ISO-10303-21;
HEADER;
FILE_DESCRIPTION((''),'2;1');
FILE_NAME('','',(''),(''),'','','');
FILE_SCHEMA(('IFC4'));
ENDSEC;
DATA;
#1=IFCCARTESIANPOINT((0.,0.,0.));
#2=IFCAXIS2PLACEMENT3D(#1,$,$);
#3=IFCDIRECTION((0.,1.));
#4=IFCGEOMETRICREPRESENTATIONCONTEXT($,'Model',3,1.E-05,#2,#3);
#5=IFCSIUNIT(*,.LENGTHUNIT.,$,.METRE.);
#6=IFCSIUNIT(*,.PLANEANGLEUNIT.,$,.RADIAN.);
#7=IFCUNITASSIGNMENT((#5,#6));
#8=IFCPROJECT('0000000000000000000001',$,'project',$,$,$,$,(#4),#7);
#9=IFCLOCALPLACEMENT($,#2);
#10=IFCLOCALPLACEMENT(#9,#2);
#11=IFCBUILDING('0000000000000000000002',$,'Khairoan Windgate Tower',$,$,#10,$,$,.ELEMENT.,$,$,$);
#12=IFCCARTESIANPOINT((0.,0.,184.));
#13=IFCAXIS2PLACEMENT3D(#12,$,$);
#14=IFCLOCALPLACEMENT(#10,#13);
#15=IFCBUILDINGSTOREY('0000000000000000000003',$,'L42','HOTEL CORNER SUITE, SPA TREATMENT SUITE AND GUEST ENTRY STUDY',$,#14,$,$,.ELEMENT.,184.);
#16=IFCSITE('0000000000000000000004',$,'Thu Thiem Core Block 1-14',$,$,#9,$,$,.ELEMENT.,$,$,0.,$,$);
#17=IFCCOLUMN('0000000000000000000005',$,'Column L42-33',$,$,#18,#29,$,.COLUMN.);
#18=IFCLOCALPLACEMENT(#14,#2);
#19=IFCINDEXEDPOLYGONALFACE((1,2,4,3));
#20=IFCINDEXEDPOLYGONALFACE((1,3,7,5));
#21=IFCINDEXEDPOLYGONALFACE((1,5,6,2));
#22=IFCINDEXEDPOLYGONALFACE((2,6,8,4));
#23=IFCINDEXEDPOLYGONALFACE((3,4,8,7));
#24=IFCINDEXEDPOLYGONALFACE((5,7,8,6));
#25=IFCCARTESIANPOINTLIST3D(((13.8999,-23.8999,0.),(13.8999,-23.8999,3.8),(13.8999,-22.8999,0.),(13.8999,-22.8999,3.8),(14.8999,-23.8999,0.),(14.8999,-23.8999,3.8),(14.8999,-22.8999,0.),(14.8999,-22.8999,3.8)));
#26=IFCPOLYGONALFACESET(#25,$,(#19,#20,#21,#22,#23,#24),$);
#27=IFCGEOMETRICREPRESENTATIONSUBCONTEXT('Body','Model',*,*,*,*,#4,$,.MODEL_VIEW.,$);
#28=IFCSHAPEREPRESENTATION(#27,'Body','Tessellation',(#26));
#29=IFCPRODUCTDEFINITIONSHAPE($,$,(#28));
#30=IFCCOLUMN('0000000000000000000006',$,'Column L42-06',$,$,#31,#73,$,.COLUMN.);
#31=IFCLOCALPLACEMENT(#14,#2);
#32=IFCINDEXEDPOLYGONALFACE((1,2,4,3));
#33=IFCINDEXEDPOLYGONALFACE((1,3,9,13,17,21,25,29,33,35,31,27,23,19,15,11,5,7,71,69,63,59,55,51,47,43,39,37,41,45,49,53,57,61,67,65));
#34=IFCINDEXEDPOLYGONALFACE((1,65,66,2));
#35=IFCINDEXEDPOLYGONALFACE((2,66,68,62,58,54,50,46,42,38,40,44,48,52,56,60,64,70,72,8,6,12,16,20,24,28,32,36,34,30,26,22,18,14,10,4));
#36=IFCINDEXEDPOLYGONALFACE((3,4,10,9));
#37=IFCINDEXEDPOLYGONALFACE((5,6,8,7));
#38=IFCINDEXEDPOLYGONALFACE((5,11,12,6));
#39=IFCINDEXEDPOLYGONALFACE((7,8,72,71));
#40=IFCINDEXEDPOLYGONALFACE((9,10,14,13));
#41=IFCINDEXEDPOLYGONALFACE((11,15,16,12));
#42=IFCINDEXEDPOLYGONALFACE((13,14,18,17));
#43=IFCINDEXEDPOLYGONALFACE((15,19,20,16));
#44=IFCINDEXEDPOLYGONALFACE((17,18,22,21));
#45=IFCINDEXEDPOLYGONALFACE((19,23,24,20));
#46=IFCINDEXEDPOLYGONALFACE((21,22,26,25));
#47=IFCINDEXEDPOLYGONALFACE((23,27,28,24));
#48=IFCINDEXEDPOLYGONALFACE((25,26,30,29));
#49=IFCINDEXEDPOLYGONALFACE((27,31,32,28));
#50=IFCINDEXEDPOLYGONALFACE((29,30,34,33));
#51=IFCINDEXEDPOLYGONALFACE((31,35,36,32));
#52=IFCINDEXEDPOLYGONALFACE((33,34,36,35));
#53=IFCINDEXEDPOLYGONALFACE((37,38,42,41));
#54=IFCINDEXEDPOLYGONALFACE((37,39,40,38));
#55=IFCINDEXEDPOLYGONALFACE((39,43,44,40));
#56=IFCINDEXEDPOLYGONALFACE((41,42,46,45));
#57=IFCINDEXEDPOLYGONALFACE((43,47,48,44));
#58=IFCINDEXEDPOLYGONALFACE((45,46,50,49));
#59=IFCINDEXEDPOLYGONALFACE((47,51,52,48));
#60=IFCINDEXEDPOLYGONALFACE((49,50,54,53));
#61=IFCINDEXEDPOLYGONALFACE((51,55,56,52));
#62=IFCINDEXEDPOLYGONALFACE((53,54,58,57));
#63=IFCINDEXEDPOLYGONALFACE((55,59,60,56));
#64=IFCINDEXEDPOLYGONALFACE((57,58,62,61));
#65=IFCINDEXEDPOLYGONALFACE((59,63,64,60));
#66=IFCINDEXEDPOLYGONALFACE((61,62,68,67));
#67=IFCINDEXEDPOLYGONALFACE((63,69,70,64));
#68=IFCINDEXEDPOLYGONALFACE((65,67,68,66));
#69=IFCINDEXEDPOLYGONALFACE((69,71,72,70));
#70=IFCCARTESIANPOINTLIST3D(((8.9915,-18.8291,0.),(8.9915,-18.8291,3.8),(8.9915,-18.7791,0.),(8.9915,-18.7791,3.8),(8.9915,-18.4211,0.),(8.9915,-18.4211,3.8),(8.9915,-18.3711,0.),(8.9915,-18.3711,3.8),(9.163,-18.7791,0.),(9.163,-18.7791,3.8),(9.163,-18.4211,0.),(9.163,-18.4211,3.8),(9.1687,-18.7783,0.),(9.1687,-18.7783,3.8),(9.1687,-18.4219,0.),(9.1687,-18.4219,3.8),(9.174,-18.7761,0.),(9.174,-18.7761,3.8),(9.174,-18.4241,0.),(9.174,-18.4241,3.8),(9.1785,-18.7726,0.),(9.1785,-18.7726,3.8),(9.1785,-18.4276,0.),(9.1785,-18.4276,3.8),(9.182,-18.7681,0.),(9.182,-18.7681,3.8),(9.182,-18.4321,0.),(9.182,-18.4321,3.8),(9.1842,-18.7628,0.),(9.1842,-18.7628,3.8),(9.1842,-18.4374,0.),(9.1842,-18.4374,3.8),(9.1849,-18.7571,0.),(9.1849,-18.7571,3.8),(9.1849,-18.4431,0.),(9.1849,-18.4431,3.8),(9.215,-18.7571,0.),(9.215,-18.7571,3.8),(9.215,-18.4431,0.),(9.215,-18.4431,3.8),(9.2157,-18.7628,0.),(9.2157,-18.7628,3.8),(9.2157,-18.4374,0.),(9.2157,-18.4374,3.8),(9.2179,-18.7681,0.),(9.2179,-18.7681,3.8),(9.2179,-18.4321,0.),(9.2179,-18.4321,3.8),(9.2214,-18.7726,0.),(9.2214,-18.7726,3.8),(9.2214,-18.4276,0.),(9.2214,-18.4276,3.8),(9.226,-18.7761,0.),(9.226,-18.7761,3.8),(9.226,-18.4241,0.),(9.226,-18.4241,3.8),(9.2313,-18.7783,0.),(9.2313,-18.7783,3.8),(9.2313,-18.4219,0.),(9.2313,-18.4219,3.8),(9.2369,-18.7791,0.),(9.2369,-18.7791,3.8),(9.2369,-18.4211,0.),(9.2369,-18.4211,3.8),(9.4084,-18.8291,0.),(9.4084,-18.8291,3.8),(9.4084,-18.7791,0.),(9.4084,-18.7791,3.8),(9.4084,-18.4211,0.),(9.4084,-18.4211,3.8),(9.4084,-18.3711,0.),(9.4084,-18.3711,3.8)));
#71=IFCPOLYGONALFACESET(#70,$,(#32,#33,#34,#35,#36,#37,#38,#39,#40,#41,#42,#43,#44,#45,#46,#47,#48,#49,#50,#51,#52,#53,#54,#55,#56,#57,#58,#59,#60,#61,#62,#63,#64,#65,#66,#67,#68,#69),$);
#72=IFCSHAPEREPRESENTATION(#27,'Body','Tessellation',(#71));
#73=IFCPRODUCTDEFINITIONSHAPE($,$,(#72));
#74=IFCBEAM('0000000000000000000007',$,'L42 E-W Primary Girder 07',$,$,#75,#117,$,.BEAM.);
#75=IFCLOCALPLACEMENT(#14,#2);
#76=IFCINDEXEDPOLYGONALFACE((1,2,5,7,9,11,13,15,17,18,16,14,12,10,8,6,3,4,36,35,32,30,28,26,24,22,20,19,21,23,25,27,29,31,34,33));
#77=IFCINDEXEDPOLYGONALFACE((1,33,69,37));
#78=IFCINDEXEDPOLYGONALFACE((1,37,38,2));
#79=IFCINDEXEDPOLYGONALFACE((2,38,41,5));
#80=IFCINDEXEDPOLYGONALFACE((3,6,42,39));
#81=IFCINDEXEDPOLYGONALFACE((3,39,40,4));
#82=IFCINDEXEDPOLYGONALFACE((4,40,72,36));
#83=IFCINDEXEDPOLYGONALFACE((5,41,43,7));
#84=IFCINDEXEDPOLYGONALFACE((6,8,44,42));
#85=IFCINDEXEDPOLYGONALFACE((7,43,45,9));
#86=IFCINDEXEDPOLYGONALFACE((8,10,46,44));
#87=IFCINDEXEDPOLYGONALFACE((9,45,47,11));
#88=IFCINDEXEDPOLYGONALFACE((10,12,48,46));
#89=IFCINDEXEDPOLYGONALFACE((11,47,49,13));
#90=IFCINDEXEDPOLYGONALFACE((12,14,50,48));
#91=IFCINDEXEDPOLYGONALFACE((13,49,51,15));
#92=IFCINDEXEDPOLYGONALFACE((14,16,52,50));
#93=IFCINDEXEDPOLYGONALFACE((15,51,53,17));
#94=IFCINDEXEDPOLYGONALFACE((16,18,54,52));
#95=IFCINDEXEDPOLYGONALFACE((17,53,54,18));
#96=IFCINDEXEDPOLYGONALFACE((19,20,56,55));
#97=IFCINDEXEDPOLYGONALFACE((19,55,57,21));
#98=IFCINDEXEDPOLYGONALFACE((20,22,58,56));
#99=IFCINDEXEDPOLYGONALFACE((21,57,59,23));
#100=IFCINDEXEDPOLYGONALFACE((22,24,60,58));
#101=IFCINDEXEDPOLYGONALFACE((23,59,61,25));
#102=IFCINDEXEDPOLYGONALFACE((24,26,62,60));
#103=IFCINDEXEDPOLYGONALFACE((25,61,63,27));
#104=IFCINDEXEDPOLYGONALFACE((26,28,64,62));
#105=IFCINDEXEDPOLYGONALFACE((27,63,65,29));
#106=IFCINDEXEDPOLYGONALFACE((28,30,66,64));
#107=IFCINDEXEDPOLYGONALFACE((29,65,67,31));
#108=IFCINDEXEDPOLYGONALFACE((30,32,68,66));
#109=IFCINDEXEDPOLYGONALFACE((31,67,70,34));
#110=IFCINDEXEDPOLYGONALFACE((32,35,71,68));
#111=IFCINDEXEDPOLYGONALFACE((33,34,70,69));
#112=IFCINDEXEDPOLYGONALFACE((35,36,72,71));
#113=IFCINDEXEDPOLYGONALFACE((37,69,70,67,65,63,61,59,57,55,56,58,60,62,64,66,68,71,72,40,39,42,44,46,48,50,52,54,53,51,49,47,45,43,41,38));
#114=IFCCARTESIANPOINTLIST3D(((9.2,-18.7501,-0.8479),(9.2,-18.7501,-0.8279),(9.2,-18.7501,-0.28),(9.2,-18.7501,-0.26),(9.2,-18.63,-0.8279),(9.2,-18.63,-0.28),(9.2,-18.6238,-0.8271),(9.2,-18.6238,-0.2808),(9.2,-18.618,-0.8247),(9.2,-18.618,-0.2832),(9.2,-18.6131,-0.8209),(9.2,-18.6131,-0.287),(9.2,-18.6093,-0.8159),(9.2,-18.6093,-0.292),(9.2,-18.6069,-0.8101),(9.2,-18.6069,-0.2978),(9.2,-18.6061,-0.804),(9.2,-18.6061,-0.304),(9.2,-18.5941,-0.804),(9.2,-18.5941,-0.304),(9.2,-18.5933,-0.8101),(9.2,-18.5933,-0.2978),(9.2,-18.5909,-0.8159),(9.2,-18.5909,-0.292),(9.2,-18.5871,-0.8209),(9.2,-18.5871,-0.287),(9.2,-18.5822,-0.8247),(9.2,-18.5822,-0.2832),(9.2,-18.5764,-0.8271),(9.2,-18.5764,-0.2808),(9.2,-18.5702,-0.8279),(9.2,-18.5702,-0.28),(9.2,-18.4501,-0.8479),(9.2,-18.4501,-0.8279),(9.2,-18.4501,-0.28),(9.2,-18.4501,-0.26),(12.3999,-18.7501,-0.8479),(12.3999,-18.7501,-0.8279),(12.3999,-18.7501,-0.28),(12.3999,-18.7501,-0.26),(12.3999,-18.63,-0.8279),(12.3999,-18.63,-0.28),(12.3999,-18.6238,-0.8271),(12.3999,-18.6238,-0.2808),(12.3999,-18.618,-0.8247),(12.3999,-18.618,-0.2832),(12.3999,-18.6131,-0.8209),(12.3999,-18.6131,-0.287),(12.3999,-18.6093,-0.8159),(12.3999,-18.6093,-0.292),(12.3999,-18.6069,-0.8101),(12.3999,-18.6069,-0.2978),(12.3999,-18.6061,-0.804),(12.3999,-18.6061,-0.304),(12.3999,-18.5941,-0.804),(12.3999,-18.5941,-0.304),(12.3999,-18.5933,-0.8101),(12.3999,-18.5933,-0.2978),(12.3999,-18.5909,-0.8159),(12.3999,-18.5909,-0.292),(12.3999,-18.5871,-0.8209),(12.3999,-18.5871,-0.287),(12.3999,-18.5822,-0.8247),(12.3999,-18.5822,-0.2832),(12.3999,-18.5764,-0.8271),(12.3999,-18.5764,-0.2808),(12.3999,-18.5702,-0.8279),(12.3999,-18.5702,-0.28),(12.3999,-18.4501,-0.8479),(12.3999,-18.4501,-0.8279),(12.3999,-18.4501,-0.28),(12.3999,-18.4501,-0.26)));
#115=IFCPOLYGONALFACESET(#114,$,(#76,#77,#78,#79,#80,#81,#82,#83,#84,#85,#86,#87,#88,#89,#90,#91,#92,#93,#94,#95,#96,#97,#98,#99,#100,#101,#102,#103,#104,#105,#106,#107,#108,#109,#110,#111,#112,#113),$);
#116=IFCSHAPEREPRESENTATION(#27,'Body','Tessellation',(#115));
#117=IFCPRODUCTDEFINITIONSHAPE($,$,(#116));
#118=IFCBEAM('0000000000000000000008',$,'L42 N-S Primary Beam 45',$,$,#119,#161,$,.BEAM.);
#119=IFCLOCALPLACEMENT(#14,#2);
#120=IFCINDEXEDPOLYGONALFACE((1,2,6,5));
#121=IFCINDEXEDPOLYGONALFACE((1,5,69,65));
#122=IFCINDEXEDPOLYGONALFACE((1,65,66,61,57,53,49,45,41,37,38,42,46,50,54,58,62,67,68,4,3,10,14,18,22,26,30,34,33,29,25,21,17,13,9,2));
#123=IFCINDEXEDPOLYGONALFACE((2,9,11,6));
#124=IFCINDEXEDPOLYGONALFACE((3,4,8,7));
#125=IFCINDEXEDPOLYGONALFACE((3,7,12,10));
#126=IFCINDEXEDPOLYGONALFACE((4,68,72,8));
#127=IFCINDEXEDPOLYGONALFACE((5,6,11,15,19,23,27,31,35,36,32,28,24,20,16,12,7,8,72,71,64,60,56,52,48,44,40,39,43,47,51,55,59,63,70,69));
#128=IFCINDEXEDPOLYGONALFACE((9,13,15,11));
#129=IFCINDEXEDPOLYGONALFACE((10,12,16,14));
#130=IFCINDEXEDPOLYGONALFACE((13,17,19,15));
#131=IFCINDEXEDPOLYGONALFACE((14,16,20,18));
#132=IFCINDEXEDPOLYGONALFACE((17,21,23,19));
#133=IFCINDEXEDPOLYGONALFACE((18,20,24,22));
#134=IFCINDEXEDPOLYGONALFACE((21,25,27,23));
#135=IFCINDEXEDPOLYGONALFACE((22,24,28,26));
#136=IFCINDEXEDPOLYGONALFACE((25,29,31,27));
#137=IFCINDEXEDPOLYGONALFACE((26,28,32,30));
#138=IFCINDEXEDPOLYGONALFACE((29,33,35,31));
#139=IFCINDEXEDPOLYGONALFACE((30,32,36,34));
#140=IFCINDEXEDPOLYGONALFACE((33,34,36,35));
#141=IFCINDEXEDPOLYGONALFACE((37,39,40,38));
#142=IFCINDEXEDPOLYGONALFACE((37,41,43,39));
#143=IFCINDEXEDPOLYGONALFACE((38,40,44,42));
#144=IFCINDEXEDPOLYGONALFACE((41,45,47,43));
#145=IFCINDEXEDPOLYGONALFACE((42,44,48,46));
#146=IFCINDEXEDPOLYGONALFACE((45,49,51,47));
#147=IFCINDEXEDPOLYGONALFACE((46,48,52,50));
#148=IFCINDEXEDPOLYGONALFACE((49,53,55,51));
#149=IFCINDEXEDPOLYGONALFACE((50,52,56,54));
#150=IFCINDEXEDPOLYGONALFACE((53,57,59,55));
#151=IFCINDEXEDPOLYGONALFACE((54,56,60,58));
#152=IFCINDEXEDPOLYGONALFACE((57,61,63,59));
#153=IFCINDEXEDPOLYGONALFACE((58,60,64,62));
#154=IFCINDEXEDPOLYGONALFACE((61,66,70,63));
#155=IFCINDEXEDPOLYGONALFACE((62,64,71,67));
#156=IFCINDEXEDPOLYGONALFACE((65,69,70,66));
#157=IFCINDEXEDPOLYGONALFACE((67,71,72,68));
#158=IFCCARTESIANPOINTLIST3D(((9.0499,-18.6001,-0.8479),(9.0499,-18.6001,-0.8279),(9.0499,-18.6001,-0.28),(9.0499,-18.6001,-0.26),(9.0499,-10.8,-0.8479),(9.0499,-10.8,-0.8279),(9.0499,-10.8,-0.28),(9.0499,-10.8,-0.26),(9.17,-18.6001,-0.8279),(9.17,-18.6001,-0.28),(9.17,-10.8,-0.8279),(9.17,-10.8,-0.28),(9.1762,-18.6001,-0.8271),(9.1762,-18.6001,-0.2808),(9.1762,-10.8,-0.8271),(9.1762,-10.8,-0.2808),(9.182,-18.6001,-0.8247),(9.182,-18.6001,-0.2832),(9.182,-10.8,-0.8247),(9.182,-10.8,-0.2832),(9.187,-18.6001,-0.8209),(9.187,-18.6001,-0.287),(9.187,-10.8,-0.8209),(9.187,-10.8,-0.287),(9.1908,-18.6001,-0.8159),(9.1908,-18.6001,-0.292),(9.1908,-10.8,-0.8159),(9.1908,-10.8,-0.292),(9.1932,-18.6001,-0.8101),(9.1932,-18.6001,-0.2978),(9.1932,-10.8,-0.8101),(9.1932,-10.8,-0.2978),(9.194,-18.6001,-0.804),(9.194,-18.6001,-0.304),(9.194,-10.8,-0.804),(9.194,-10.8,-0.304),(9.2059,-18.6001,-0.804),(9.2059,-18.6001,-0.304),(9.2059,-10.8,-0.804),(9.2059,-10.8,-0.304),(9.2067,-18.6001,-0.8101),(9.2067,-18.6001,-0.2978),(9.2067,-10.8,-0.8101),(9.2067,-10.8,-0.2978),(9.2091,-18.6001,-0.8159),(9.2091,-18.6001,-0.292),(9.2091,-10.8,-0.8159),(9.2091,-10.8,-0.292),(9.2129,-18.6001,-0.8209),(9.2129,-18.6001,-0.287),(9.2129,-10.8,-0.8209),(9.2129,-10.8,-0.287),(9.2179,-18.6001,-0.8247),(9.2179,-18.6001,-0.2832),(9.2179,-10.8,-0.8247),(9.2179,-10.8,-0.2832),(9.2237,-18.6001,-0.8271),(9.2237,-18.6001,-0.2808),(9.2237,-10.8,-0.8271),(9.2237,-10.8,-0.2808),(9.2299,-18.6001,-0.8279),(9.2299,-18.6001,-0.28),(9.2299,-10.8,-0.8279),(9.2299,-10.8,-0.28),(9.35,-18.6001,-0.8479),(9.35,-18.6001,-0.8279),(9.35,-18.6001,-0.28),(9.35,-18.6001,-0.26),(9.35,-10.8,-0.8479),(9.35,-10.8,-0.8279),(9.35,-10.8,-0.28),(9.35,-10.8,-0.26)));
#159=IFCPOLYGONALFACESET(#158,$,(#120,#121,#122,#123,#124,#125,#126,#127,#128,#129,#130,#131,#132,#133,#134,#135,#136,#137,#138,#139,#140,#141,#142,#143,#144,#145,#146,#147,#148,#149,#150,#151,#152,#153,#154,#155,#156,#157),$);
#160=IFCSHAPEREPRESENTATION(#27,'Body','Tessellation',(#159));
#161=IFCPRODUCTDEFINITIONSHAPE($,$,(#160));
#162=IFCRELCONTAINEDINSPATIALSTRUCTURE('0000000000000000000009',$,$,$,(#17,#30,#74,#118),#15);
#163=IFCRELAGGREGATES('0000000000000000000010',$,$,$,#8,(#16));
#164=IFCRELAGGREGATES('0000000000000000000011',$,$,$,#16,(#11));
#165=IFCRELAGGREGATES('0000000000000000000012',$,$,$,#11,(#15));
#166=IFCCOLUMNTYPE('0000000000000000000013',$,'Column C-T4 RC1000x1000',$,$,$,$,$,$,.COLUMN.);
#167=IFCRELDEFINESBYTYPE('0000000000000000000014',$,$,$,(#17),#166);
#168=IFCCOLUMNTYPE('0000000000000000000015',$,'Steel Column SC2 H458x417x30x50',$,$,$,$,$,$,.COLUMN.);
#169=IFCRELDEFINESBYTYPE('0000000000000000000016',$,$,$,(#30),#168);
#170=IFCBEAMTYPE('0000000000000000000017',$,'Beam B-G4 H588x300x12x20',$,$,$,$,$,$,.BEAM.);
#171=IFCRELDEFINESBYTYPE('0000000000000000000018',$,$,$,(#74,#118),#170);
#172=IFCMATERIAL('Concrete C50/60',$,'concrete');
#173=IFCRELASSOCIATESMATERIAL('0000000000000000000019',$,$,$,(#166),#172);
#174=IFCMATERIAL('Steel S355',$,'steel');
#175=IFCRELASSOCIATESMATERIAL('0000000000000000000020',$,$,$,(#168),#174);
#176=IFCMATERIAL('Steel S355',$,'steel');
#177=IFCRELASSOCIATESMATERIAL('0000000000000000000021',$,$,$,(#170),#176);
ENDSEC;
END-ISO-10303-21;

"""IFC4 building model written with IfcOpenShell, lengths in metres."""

from ifc_helpers import new_model, si_unit, direction, frame, origin, origin_2d, place, context, subcontext, project, spatial, rectangle, i_section, extrude, material, material_profile, profile_set, type_object, element, save


model = new_model("IFC4")

# Units and contexts
model_context = context("Model", 3, precision=1e-05, world=origin(), true_north=direction((0.0, 1.0)))
body_context = subcontext(model_context, "Body", "Model", "MODEL_VIEW")
ifc_project = project(units=[si_unit("LENGTHUNIT", "METRE"), si_unit("PLANEANGLEUNIT", "RADIAN")], contexts=[model_context])

# Site, building, storey
site_placement = place(None, origin())
site = spatial("IfcSite", under=ifc_project, at=site_placement, Name="Thu Thiem Core Block 1-14", CompositionType="ELEMENT", RefElevation=0.0)
building_placement = place(site_placement, origin())
building = spatial("IfcBuilding", under=site, at=building_placement, Name="Khairoan Windgate Tower", CompositionType="ELEMENT")
storey_placement = place(building_placement, frame((0.0, 0.0, 184.0)))
storey = spatial("IfcBuildingStorey", under=building, at=storey_placement, Name="L42", Description="HOTEL CORNER SUITE, SPA TREATMENT SUITE AND GUEST ENTRY STUDY", CompositionType="ELEMENT", Elevation=184.0)

# Columns
ifc_material_1 = material(Name="Concrete C50/60", Category="concrete")
ifc_material_profile_1 = material_profile(ifc_material_1, rectangle(XDim=1.0, YDim=1.0, at=origin_2d()))
ifc_profile_set_1 = profile_set([ifc_material_profile_1], Name="Concrete C50/60")
column_type_1 = type_object("IfcColumnType", Name="Column C-T4 RC1000x1000", PredefinedType="COLUMN", material=ifc_profile_set_1)
column_1_placement = place(storey_placement, frame((14.3999, -23.3999, 0.0), z_axis=(0.0, 0.0, 1.0), x_axis=(1.0, 0.0, 0.0)))
element("IfcColumn", 1, at=column_1_placement, inside=storey, type_object=column_type_1, Name="Column L42-33", PredefinedType="COLUMN", context=body_context, shape_type="SweptSolid", body=[
    extrude(rectangle(XDim=1.0, YDim=1.0, at=origin_2d()), origin(), (0.0, 0.0, 1.0), 3.8),
])
ifc_material_2 = material(Name="Steel S355", Category="steel")
ifc_material_profile_2 = material_profile(ifc_material_2, i_section(OverallWidth=0.417, OverallDepth=0.458, WebThickness=0.03, FlangeThickness=0.05, FilletRadius=0.022, at=origin_2d()))
ifc_profile_set_2 = profile_set([ifc_material_profile_2], Name="Steel S355")
column_type_2 = type_object("IfcColumnType", Name="Steel Column SC2 H458x417x30x50", PredefinedType="COLUMN", material=ifc_profile_set_2)
column_2_placement = place(storey_placement, frame((9.2, -18.6001, 0.0), z_axis=(0.0, 0.0, 1.0), x_axis=(1.0, 0.0, 0.0)))
element("IfcColumn", 2, at=column_2_placement, inside=storey, type_object=column_type_2, Name="Column L42-06", PredefinedType="COLUMN", context=body_context, shape_type="SweptSolid", body=[
    extrude(i_section(OverallWidth=0.417, OverallDepth=0.458, WebThickness=0.03, FlangeThickness=0.05, FilletRadius=0.022, at=origin_2d()), origin(), (0.0, 0.0, 1.0), 3.8),
])

# Beams
ifc_material_3 = material(Name="Steel S355", Category="steel")
ifc_material_profile_3 = material_profile(ifc_material_3, i_section(OverallWidth=0.3, OverallDepth=0.5879, WebThickness=0.012, FlangeThickness=0.02, FilletRadius=0.0239, at=origin_2d()))
ifc_profile_set_3 = profile_set([ifc_material_profile_3], Name="Steel S355")
beam_type = type_object("IfcBeamType", Name="Beam B-G4 H588x300x12x20", PredefinedType="BEAM", material=ifc_profile_set_3)
beam_placement = place(storey_placement, frame((9.2, -18.6001, -0.554), z_axis=(1.0, 0.0, 0.0), x_axis=(0.0, 1.0, 0.0)))
element("IfcBeam", 3, at=beam_placement, inside=storey, type_object=beam_type, Name="L42 E-W Primary Girder 07", PredefinedType="BEAM", context=body_context, shape_type="SweptSolid", body=[
    extrude(i_section(OverallWidth=0.3, OverallDepth=0.5879, WebThickness=0.012, FlangeThickness=0.02, FilletRadius=0.0239, at=origin_2d()), origin(), (0.0, 0.0, 1.0), 3.2),
])
for number, where, z_axis, x_axis, name in (
    (4, (9.2, -18.6001, -0.554), (0.0, 1.0, 0.0), (-1.0, 0.0, 0.0), "L42 N-S Primary Beam 45"),
):
    element("IfcBeam", number, at=place(storey_placement, frame(where, z_axis=z_axis, x_axis=x_axis)), inside=storey, type_object=beam_type, Name=name, PredefinedType="BEAM", context=body_context, shape_type="SweptSolid", body=[
        extrude(i_section(OverallWidth=0.3, OverallDepth=0.5879, WebThickness=0.012, FlangeThickness=0.02, FilletRadius=0.0239, at=origin_2d()), origin(), (0.0, 0.0, 1.0), 7.8),
    ])

save(model, "model.ifc")
